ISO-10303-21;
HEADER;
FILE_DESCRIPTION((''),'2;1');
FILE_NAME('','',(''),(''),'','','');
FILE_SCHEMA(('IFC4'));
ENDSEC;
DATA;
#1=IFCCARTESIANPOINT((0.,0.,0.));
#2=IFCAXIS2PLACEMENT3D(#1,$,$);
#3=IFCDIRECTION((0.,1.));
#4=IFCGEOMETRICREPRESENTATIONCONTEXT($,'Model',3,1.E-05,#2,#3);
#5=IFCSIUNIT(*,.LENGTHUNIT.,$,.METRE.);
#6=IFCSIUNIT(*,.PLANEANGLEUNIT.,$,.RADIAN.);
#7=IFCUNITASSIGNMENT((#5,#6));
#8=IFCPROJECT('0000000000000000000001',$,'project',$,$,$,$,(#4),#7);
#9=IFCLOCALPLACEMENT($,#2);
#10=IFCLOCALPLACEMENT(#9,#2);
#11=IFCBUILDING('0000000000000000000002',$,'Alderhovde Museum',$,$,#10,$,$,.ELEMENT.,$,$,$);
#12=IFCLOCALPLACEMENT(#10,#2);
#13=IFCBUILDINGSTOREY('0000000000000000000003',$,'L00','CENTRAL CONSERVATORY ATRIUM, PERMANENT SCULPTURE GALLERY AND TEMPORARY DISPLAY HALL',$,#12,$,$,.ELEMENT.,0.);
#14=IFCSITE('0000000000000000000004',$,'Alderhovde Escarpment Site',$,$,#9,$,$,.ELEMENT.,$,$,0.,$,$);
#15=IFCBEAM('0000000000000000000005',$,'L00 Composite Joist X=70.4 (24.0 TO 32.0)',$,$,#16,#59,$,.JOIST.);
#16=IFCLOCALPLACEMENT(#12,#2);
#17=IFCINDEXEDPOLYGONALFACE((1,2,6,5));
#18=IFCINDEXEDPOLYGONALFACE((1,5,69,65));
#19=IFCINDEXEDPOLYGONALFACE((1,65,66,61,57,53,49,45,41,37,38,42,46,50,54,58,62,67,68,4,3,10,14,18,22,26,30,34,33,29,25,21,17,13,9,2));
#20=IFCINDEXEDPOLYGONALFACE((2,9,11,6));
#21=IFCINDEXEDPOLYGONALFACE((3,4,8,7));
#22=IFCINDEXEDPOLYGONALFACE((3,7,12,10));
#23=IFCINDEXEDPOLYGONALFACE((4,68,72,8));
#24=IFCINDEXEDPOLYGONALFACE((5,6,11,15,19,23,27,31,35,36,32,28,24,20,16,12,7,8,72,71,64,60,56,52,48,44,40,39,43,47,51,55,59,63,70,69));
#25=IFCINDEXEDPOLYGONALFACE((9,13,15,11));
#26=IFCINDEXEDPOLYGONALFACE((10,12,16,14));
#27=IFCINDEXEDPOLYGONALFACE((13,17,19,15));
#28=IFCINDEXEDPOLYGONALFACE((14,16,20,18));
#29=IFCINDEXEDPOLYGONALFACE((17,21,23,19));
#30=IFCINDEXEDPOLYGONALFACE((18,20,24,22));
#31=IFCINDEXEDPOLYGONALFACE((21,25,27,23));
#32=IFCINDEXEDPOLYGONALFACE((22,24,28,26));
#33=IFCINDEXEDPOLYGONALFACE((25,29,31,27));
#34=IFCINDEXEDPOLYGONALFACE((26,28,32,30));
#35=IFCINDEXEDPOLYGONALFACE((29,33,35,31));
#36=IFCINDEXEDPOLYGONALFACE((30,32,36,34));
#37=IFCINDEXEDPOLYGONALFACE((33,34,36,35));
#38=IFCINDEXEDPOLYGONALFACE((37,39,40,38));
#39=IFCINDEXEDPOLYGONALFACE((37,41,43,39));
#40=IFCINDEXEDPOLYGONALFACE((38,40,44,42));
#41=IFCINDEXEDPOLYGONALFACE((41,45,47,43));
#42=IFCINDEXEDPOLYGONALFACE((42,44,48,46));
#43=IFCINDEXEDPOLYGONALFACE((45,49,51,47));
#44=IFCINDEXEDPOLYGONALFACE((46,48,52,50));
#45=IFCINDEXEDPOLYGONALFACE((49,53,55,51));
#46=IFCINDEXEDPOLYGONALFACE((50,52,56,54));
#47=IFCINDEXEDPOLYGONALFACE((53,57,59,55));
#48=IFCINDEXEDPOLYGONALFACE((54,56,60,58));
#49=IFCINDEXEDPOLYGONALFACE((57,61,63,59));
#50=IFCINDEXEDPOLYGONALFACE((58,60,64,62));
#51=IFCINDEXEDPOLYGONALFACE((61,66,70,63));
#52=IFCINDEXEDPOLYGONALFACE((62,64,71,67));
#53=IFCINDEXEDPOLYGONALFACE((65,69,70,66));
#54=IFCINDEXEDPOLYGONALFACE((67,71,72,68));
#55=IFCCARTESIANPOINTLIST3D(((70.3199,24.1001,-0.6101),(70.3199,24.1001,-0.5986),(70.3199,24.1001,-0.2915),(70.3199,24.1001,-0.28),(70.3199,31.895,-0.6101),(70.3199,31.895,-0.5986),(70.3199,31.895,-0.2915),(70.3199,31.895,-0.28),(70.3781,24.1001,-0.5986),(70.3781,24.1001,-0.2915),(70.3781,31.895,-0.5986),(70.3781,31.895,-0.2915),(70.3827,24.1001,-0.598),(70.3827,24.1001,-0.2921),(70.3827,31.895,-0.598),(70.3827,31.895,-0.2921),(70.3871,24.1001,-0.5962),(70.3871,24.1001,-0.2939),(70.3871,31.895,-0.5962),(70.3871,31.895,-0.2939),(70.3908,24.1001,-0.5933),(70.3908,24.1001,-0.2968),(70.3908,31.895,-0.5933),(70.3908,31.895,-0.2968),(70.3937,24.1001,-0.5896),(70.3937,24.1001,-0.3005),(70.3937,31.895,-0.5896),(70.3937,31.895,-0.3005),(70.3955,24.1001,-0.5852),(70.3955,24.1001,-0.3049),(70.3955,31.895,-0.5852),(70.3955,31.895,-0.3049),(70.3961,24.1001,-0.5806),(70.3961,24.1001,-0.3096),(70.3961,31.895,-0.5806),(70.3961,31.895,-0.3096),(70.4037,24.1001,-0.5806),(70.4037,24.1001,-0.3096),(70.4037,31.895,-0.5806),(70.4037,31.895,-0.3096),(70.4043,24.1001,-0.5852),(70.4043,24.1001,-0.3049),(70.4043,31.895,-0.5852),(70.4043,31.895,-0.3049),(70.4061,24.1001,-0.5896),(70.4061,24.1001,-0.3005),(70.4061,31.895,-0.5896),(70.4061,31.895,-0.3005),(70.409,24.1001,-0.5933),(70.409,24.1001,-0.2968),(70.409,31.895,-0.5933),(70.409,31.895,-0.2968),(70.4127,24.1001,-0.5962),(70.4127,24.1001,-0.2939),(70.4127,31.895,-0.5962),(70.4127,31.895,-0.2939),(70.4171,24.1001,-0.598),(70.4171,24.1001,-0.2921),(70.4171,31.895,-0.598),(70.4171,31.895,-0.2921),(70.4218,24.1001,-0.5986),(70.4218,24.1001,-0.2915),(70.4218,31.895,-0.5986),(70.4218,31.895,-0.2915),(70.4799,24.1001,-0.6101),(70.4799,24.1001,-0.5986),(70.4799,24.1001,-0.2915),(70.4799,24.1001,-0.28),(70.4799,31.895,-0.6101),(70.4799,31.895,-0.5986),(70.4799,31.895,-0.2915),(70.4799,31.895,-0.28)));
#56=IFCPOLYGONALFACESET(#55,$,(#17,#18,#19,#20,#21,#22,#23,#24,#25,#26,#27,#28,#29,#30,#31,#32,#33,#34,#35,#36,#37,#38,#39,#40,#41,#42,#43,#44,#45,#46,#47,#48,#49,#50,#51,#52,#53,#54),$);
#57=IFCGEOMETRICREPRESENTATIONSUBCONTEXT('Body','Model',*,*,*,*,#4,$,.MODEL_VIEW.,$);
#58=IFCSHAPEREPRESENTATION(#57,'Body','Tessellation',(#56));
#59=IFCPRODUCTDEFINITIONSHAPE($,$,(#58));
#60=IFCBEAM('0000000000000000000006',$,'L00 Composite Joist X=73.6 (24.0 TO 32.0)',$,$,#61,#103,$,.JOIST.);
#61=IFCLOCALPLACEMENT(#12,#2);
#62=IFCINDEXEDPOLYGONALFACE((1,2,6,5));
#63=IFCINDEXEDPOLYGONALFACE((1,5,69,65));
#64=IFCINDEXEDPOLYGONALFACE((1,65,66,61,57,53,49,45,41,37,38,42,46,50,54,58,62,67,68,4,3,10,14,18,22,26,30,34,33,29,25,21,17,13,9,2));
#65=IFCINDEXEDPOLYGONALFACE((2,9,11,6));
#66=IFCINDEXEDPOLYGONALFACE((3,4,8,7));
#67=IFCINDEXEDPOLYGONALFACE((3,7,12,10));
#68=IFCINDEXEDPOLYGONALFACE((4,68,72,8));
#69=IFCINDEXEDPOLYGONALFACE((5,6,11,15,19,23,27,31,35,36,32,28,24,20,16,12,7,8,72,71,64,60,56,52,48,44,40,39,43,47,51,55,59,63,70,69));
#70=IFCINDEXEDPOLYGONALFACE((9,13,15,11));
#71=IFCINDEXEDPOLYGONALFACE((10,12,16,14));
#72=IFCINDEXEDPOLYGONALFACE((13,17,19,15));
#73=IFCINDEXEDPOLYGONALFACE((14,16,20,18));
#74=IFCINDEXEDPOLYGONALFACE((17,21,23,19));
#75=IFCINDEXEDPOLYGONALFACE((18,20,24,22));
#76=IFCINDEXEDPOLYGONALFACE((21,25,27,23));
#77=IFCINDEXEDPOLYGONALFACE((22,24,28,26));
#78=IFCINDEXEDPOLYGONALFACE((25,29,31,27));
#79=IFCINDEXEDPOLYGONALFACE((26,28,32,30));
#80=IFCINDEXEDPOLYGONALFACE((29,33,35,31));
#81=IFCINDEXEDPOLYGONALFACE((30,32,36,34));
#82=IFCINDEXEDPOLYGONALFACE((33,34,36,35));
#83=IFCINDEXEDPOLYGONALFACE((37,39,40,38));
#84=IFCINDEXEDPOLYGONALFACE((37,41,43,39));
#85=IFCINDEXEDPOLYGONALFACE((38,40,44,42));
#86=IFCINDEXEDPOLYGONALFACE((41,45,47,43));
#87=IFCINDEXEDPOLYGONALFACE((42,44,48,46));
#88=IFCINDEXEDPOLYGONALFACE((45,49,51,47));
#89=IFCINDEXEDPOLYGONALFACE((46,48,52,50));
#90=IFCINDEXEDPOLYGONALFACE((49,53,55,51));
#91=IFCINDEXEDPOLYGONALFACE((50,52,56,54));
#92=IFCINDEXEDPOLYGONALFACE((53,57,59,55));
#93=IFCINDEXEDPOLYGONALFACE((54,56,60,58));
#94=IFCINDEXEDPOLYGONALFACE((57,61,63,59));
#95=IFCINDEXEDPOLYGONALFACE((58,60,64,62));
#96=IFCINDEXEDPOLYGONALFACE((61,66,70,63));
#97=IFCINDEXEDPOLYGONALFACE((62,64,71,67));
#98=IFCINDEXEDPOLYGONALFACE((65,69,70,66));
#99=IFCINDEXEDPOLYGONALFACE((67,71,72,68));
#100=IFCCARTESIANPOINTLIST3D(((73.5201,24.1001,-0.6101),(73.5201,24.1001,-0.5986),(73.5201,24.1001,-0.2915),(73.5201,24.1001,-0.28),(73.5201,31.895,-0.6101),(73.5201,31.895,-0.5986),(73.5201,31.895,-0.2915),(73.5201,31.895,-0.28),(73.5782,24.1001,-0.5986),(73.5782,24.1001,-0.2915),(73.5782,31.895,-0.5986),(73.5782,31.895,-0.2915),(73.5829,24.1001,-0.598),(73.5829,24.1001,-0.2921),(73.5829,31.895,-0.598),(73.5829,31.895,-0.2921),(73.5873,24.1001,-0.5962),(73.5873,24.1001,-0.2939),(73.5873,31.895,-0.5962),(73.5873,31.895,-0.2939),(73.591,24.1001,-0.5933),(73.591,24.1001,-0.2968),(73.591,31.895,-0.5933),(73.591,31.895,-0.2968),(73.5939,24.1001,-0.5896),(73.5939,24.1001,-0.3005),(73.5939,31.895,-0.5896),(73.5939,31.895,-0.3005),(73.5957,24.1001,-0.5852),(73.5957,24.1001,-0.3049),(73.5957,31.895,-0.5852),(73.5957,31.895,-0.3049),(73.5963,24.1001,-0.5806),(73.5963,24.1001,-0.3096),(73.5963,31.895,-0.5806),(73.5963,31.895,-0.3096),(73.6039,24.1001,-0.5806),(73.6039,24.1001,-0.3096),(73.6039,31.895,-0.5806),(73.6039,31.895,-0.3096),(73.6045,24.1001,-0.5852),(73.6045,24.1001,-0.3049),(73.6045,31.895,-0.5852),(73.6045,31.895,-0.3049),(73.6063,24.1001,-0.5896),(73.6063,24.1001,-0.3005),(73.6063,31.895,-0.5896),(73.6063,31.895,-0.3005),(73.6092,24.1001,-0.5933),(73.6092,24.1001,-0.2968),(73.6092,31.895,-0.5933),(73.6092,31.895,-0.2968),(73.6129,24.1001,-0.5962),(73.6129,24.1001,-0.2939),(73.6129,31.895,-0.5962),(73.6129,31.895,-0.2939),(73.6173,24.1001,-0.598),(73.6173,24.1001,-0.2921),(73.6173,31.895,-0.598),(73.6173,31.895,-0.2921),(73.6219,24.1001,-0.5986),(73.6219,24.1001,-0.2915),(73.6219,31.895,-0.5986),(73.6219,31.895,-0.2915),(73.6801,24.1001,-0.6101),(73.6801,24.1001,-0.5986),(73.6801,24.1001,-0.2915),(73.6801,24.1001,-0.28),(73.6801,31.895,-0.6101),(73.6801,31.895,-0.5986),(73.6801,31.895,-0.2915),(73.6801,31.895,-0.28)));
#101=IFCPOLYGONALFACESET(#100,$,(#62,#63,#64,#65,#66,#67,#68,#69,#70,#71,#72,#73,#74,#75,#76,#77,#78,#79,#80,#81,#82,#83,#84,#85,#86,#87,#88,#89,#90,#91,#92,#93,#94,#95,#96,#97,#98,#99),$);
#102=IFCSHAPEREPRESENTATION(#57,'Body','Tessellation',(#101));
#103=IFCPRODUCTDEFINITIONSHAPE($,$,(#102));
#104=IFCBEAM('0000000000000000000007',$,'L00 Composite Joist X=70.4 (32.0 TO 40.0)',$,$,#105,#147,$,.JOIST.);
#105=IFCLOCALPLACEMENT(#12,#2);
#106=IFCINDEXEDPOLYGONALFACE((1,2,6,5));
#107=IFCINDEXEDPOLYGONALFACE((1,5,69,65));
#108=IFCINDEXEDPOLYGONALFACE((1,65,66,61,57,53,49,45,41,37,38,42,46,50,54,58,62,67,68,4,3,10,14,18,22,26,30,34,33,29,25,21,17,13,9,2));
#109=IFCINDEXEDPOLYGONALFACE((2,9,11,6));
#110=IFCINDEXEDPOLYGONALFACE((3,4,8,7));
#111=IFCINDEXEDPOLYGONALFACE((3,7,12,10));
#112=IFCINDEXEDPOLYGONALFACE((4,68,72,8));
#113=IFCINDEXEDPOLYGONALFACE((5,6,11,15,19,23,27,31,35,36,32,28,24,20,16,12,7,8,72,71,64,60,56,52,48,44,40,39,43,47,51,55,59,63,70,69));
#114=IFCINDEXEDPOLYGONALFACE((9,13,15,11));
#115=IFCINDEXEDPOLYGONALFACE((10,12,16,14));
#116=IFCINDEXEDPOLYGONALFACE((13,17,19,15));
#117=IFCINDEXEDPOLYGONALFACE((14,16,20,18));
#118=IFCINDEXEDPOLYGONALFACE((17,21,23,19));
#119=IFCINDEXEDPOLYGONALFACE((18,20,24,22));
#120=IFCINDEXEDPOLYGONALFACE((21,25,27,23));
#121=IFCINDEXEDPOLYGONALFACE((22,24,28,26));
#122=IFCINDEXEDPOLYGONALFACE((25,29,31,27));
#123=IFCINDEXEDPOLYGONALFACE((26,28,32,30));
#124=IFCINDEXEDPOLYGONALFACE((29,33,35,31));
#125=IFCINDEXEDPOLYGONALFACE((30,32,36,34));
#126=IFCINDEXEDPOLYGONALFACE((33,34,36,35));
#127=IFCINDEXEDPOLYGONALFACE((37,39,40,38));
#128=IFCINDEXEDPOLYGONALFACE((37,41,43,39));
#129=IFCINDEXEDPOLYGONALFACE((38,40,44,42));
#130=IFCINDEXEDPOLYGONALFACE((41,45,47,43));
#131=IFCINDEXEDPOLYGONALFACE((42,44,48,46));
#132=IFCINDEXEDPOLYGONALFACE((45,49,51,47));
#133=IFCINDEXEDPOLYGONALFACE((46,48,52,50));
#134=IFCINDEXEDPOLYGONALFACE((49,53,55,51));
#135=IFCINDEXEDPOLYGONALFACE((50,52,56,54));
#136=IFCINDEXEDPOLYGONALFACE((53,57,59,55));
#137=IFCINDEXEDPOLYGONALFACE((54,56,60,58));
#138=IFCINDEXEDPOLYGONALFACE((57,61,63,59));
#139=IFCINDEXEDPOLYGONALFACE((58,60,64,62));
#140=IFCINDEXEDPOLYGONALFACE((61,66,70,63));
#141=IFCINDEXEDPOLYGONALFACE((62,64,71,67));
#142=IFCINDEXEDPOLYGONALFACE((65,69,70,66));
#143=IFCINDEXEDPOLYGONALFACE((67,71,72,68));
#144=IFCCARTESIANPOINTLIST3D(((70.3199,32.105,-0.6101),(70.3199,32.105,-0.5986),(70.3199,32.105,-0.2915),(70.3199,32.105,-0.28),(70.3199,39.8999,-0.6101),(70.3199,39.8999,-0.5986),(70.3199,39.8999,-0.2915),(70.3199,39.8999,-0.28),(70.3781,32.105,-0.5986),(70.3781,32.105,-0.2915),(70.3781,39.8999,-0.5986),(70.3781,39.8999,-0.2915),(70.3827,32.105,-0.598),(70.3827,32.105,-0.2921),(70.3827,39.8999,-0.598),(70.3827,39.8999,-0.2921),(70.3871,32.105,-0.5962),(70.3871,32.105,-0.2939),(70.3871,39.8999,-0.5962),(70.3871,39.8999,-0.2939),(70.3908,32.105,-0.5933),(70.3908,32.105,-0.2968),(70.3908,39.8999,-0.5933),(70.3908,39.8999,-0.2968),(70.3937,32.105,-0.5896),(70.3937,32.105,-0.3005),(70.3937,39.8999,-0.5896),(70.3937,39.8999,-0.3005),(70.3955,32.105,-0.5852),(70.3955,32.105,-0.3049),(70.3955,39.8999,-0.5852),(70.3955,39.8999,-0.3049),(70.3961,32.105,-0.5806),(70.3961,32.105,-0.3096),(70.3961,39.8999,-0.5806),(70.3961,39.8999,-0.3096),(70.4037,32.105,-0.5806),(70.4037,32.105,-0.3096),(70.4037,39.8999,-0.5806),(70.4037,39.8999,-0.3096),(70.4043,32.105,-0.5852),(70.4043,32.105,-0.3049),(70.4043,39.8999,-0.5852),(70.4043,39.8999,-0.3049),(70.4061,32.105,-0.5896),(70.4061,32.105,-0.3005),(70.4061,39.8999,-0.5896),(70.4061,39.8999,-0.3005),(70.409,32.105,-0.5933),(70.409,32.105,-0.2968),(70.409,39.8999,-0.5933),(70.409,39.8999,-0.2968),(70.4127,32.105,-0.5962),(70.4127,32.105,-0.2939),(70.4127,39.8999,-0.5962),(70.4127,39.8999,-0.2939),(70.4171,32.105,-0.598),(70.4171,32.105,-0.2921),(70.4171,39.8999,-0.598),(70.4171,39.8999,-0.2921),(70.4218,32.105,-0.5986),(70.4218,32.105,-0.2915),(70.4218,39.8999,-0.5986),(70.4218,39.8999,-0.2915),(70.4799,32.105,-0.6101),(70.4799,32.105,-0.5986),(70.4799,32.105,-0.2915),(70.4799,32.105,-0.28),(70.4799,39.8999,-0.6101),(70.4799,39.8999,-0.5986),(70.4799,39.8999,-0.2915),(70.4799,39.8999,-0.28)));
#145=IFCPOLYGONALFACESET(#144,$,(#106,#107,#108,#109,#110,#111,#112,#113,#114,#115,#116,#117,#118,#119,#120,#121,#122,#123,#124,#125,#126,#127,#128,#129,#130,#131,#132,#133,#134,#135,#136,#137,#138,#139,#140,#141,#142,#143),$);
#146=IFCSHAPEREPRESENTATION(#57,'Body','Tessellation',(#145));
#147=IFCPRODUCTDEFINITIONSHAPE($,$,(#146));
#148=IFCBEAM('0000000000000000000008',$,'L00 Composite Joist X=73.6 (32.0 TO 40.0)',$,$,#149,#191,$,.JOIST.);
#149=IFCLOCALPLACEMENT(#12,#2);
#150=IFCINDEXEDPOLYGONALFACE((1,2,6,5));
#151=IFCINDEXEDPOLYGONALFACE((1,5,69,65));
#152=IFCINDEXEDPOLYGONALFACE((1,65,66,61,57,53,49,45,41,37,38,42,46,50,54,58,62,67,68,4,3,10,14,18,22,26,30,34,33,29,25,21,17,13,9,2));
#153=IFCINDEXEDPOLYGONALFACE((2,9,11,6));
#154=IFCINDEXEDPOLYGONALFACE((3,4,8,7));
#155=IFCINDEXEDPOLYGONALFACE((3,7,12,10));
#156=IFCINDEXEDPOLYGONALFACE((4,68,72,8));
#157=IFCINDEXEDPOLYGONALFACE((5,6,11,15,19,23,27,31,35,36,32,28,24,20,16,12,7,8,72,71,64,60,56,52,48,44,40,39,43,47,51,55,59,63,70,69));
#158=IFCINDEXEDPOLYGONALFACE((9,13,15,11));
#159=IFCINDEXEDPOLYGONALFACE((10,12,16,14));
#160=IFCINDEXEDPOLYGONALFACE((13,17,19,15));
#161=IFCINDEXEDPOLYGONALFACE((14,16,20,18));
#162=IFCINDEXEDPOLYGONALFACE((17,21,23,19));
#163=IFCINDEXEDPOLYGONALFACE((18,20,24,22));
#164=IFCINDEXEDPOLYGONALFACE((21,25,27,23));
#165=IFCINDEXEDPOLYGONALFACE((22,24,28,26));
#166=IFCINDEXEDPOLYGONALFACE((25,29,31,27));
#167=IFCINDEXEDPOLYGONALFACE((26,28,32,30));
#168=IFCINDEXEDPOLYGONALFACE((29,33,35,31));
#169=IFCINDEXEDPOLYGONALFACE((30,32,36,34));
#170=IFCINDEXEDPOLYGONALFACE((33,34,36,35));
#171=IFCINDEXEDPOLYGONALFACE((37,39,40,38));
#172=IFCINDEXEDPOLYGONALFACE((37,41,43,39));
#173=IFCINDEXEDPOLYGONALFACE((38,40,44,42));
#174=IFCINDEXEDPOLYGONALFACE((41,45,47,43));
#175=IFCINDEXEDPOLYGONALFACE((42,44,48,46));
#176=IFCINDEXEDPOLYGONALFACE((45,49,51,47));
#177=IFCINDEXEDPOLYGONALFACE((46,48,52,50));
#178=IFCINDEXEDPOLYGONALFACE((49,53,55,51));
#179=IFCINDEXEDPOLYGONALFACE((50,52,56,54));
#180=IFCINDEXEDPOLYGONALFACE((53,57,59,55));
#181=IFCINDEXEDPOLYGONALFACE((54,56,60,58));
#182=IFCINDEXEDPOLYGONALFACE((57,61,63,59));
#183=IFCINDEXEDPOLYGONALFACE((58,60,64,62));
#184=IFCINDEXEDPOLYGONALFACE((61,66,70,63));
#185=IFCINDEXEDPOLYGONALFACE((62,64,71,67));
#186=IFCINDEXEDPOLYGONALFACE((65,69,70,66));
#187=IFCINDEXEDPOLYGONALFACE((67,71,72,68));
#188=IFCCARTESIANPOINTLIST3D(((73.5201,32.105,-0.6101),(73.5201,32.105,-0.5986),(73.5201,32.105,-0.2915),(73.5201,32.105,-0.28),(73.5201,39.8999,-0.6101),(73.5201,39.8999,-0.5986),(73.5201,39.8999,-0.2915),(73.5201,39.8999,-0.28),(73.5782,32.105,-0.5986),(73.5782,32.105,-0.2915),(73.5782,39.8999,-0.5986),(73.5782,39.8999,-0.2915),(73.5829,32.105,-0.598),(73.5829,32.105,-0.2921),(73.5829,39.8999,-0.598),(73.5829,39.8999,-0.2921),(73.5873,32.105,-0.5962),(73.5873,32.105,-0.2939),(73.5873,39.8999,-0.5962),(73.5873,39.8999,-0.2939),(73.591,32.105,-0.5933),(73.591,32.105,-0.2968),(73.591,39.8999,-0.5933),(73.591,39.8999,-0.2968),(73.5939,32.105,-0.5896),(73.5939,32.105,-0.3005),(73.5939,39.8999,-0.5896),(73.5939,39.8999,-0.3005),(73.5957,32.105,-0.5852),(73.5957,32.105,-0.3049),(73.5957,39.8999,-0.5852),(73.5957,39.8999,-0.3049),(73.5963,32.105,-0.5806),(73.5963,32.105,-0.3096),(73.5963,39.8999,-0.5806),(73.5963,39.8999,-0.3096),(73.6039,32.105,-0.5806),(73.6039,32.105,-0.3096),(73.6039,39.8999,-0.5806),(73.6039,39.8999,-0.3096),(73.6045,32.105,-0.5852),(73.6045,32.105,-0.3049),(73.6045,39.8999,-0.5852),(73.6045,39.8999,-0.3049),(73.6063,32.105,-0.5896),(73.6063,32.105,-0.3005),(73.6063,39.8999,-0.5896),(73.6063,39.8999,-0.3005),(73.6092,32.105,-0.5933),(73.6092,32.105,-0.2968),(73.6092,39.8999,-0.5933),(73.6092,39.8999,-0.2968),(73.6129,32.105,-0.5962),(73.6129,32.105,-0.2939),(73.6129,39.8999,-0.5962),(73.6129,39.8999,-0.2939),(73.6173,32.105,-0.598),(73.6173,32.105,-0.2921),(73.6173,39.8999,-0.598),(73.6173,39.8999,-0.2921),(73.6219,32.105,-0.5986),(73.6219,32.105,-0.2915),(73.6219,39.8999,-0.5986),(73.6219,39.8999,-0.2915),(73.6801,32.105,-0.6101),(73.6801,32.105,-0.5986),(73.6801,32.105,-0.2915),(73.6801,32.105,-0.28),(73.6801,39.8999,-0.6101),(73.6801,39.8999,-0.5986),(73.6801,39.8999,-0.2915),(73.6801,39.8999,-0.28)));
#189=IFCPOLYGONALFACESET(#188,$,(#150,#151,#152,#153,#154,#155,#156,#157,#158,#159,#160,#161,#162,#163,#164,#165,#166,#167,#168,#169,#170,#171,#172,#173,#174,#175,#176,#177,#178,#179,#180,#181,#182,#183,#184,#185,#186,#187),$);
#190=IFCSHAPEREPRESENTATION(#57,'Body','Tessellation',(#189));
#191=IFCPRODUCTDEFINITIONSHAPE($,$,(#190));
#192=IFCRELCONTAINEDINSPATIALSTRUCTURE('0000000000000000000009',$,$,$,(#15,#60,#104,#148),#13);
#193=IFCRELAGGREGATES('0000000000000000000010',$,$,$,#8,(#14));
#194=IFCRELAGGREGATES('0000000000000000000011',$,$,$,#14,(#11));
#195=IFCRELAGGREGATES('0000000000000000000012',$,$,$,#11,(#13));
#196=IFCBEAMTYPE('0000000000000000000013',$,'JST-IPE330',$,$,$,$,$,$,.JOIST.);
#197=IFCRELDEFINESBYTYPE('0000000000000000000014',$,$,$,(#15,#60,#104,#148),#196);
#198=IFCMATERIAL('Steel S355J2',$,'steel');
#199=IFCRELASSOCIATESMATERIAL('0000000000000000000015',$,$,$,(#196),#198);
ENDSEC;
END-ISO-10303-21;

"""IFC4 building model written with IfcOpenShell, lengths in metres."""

from ifc_helpers import new_model, si_unit, direction, frame, origin, origin_2d, place, context, subcontext, project, spatial, i_section, extrude, material, material_profile, profile_set, type_object, element, save


model = new_model("IFC4")

# Units and contexts
model_context = context("Model", 3, precision=1e-05, world=origin(), true_north=direction((0.0, 1.0)))
body_context = subcontext(model_context, "Body", "Model", "MODEL_VIEW")
ifc_project = project(units=[si_unit("LENGTHUNIT", "METRE"), si_unit("PLANEANGLEUNIT", "RADIAN")], contexts=[model_context])

# Site, building, storey
site_placement = place(None, origin())
site = spatial("IfcSite", under=ifc_project, at=site_placement, Name="Alderhovde Escarpment Site", CompositionType="ELEMENT", RefElevation=0.0)
building_placement = place(site_placement, origin())
building = spatial("IfcBuilding", under=site, at=building_placement, Name="Alderhovde Museum", CompositionType="ELEMENT")
storey_placement = place(building_placement, origin())
storey = spatial("IfcBuildingStorey", under=building, at=storey_placement, Name="L00", Description="CENTRAL CONSERVATORY ATRIUM, PERMANENT SCULPTURE GALLERY AND TEMPORARY DISPLAY HALL", CompositionType="ELEMENT", Elevation=0.0)

# Beams
ifc_material_1 = material(Name="Steel S355J2", Category="steel")
ifc_material_profile_1 = material_profile(ifc_material_1, i_section(OverallWidth=0.1599, OverallDepth=0.3301, WebThickness=0.0076, FlangeThickness=0.0115, FilletRadius=0.0181, at=origin_2d()), Name="IPE 330")
ifc_profile_set_1 = profile_set([ifc_material_profile_1], Name="Steel S355J2")
beam_type_1 = type_object("IfcBeamType", Name="JST-IPE330", PredefinedType="JOIST", material=ifc_profile_set_1)
for number, where, z_axis, x_axis, name in (
    (1, (70.3999, 24.1001, -0.4451), (0.0, 1.0, 0.0), (-1.0, 0.0, 0.0), "L00 Composite Joist X=70.4 (24.0 TO 32.0)"),
    (2, (73.6001, 24.1001, -0.4451), (0.0, 1.0, 0.0), (-1.0, 0.0, 0.0), "L00 Composite Joist X=73.6 (24.0 TO 32.0)"),
    (3, (70.3999, 32.105, -0.4451), (0.0, 1.0, 0.0), (-1.0, 0.0, 0.0), "L00 Composite Joist X=70.4 (32.0 TO 40.0)"),
    (4, (73.6001, 32.105, -0.4451), (0.0, 1.0, 0.0), (-1.0, 0.0, 0.0), "L00 Composite Joist X=73.6 (32.0 TO 40.0)"),
):
    element("IfcBeam", number, at=place(storey_placement, frame(where, z_axis=z_axis, x_axis=x_axis)), inside=storey, type_object=beam_type_1, Name=name, PredefinedType="JOIST", context=body_context, shape_type="SweptSolid", body=[
        extrude(i_section(OverallWidth=0.1599, OverallDepth=0.3301, WebThickness=0.0076, FlangeThickness=0.0115, FilletRadius=0.0181, at=origin_2d()), origin(), (0.0, 0.0, 1.0), 7.7949),
    ])

save(model, "model.ifc")
